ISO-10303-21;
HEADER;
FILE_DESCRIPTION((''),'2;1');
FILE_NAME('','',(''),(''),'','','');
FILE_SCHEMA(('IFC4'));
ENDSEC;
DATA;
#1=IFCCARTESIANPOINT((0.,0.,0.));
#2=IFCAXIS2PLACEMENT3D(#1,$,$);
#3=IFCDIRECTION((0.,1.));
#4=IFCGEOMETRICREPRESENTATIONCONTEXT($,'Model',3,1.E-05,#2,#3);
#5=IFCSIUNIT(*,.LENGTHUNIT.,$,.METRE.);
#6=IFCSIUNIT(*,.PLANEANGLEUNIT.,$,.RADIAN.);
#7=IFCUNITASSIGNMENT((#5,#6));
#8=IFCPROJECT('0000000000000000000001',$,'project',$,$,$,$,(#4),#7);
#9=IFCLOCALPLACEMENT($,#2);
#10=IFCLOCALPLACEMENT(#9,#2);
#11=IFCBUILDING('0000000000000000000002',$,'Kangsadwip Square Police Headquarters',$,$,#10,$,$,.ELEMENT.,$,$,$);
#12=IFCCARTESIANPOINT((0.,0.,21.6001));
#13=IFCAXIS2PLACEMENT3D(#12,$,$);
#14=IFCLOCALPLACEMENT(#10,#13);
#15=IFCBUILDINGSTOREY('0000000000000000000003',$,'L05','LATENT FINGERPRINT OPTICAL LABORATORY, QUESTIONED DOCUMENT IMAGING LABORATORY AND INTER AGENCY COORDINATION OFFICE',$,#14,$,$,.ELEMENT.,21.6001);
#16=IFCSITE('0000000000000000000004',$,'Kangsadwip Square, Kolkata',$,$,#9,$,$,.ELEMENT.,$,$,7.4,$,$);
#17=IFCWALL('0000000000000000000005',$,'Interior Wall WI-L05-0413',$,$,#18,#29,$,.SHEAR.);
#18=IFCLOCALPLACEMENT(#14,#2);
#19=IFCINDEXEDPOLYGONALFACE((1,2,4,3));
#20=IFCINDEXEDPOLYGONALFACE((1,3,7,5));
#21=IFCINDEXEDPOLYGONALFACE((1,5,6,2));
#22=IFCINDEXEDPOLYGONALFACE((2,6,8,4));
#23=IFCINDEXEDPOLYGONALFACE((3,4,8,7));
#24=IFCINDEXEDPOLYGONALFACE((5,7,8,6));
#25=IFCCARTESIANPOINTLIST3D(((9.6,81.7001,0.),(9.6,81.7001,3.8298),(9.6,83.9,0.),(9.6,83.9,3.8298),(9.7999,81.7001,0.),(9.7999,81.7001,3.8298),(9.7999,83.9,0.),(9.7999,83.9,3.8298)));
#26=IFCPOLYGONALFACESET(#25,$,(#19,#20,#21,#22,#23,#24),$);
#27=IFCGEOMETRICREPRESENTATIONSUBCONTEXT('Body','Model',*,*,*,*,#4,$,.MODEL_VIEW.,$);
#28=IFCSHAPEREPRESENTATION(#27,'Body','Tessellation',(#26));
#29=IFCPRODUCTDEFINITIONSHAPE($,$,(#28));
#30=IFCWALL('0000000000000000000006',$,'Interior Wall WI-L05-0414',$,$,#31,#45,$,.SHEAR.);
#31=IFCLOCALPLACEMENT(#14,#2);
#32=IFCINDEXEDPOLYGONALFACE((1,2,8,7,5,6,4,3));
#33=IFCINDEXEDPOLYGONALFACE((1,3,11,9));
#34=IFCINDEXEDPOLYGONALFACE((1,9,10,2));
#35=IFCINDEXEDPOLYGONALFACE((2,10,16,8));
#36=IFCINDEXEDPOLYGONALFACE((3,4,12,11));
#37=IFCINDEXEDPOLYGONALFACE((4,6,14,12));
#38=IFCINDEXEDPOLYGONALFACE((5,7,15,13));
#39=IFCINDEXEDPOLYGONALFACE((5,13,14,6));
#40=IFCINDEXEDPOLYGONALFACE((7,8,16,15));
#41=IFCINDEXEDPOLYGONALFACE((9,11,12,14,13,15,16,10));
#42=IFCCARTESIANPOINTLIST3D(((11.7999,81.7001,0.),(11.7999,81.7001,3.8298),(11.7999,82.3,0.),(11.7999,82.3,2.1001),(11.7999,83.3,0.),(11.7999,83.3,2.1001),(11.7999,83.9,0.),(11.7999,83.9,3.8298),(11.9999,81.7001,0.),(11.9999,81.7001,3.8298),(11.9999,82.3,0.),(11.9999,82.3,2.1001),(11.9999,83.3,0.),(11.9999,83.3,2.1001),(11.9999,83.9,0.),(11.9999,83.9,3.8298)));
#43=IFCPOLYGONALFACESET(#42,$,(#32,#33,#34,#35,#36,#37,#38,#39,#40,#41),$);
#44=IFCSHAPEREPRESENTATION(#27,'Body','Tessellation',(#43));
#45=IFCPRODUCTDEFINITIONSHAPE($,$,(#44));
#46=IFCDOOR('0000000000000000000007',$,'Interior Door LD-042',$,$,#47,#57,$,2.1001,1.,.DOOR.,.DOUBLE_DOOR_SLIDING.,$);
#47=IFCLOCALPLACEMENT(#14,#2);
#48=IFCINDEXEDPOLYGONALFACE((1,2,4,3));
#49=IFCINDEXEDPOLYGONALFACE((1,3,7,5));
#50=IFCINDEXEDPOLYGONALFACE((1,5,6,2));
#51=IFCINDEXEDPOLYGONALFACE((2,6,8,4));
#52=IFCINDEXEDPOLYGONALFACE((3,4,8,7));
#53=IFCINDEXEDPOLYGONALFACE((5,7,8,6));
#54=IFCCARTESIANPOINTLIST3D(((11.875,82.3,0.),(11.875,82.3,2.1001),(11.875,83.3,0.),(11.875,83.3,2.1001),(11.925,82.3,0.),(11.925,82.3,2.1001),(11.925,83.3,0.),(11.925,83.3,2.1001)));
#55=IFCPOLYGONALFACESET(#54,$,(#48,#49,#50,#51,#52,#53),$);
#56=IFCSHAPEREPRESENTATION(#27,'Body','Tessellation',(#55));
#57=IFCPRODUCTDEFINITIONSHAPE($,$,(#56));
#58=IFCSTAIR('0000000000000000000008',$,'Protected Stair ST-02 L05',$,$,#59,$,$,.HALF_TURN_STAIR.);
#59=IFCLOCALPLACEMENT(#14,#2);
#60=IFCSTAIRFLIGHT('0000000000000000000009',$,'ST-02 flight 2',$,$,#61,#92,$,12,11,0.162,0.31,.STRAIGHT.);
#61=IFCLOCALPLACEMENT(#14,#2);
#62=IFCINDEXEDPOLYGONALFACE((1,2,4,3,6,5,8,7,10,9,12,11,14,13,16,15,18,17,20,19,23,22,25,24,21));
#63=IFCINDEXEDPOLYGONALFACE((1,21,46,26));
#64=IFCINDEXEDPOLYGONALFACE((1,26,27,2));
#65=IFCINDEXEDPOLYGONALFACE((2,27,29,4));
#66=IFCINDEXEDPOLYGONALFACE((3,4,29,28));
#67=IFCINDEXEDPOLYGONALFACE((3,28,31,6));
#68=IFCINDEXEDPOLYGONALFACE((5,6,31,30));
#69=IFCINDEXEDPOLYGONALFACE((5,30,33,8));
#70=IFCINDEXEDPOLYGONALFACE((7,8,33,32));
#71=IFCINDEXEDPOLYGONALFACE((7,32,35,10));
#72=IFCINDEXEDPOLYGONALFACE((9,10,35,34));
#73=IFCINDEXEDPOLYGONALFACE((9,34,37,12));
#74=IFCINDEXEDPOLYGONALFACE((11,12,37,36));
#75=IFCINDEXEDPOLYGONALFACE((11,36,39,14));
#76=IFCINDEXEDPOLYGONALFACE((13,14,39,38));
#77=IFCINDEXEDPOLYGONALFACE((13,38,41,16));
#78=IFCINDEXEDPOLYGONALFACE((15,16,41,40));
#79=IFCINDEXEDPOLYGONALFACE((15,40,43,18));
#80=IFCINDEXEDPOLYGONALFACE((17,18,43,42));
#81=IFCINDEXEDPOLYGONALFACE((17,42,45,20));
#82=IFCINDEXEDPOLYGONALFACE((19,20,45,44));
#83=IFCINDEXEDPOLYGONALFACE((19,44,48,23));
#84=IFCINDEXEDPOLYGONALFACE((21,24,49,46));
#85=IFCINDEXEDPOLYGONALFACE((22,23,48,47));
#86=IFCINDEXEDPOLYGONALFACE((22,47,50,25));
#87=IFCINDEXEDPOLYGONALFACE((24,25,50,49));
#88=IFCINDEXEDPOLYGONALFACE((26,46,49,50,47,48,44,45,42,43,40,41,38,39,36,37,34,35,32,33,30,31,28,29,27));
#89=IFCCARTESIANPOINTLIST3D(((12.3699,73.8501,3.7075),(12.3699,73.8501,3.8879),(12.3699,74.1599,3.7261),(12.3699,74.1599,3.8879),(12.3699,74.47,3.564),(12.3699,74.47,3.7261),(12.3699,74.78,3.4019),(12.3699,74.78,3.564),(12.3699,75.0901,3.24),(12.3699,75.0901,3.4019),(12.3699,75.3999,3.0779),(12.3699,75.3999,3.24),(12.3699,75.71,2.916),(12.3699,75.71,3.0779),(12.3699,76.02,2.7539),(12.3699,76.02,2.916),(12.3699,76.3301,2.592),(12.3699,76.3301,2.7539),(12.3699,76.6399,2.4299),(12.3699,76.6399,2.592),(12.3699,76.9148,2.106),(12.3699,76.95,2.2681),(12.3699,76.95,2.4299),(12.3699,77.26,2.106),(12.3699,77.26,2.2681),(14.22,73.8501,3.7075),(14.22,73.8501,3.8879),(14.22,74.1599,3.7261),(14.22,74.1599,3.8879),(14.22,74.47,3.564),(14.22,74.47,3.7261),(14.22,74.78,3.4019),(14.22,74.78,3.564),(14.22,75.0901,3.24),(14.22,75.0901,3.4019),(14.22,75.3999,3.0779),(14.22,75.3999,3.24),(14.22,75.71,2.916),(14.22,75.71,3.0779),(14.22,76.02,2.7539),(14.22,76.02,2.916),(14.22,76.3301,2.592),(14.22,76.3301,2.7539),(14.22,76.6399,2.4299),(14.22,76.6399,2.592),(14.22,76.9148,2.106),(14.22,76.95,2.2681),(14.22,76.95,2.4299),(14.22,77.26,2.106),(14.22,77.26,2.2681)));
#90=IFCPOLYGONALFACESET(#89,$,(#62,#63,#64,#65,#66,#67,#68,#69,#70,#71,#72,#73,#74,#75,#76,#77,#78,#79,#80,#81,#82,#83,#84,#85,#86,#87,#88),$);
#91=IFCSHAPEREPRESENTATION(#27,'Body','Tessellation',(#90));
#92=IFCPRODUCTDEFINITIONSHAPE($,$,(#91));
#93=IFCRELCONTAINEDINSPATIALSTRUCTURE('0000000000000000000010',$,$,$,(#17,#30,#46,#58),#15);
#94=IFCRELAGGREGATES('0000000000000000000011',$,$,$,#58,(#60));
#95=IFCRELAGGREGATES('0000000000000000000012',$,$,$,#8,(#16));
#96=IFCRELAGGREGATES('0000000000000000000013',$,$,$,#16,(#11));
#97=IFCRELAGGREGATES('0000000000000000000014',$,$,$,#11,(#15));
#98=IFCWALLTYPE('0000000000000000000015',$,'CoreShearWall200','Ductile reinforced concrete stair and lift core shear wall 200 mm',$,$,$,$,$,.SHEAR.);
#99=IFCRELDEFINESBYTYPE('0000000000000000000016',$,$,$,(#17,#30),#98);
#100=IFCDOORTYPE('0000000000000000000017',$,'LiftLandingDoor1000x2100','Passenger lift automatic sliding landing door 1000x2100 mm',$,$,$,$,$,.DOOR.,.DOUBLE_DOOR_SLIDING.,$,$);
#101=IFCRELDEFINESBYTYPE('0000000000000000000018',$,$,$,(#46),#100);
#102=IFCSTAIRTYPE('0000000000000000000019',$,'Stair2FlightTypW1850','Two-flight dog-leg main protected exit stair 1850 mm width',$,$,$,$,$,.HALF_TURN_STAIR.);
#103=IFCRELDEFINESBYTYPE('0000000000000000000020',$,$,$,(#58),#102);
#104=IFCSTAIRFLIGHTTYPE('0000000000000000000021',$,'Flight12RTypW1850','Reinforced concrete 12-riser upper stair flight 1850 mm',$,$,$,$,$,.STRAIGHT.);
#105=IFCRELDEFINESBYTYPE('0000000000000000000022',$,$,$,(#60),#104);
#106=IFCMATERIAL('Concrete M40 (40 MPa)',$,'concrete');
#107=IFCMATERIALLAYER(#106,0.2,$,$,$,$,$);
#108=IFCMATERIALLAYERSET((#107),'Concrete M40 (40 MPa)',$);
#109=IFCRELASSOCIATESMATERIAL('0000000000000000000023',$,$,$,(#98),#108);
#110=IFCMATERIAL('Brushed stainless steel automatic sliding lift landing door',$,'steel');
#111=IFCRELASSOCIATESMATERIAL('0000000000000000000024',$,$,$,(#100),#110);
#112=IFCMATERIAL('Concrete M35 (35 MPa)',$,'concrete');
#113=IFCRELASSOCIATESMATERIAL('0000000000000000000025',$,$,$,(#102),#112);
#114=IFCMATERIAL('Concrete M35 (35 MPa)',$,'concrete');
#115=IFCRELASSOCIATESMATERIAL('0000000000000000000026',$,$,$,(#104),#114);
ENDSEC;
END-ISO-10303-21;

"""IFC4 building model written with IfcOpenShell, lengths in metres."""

from ifc_helpers import new_model, si_unit, direction, frame, frame_2d, origin, place, context, subcontext, project, spatial, polyline, rectangle, outline, extrude, material, layer, layer_set, type_object, element, fill, aggregate, save


model = new_model("IFC4")

# Units and contexts
model_context = context("Model", 3, precision=1e-05, world=origin(), true_north=direction((0.0, 1.0)))
body_context = subcontext(model_context, "Body", "Model", "MODEL_VIEW")
ifc_project = project(units=[si_unit("LENGTHUNIT", "METRE"), si_unit("PLANEANGLEUNIT", "RADIAN")], contexts=[model_context])

# Site, building, storey
site_placement = place(None, origin())
site = spatial("IfcSite", under=ifc_project, at=site_placement, Name="Kangsadwip Square, Kolkata", CompositionType="ELEMENT", RefElevation=7.4)
building_placement = place(site_placement, origin())
building = spatial("IfcBuilding", under=site, at=building_placement, Name="Kangsadwip Square Police Headquarters", CompositionType="ELEMENT")
storey_placement = place(building_placement, frame((0.0, 0.0, 21.6001)))
storey = spatial("IfcBuildingStorey", under=building, at=storey_placement, Name="L05", Description="LATENT FINGERPRINT OPTICAL LABORATORY, QUESTIONED DOCUMENT IMAGING LABORATORY AND INTER AGENCY COORDINATION OFFICE", CompositionType="ELEMENT", Elevation=21.6001)

# Wall
ifc_material_1 = material(Name="Concrete M40 (40 MPa)", Category="concrete")
ifc_layer_1 = layer(ifc_material_1, 0.2)
ifc_layer_set_1 = layer_set([ifc_layer_1], Name="Concrete M40 (40 MPa)")
wall_type_1 = type_object("IfcWallType", Name="CoreShearWall200", Description="Ductile reinforced concrete stair and lift core shear wall 200 mm", PredefinedType="SHEAR", material=ifc_layer_set_1)
for number, where, z_axis, x_axis, name in (
    (1, (9.7, 81.7, 0.0), (0.0, 0.0, 1.0), (0.0, 1.0, 0.0), "Interior Wall WI-L05-0413"),
):
    element("IfcWall", number, at=place(storey_placement, frame(where, z_axis=z_axis, x_axis=x_axis)), inside=storey, type_object=wall_type_1, Name=name, PredefinedType="SHEAR", context=body_context, shape_type="SweptSolid", body=[
        extrude(rectangle(XDim=2.2, YDim=0.2, at=frame_2d((1.1001, 0.0))), origin(), (0.0, 0.0, 1.0), 3.8298),
    ])

# Wall, opening, door
wall_1_placement = place(storey_placement, frame((11.8999, 81.7, 0.0), z_axis=(0.0, 0.0, 1.0), x_axis=(0.0, 1.0, 0.0)))
wall_1 = element("IfcWall", 2, at=wall_1_placement, inside=storey, type_object=wall_type_1, Name="Interior Wall WI-L05-0414", PredefinedType="SHEAR", context=body_context, shape_type="SweptSolid", body=[
    extrude(rectangle(XDim=2.2, YDim=0.2, at=frame_2d((1.1001, 0.0))), origin(), (0.0, 0.0, 1.0), 3.8298),
])
opening_1_placement = place(wall_1_placement, frame((0.6001, 0.0, 0.0)))
opening_1 = element("IfcOpeningElement", 3, at=opening_1_placement, cuts=wall_1, PredefinedType="OPENING", context=body_context, shape_type="SweptSolid", body=[
    extrude(rectangle(XDim=1.0, YDim=2.1001, at=frame_2d((0.5, 1.05))), frame((0.0, 0.1099, 0.0), z_axis=(0.0, -1.0, 0.0), x_axis=(1.0, 0.0, 0.0)), (0.0, 0.0, 1.0), 0.22),
])
ifc_material_2 = material(Name="Brushed stainless steel automatic sliding lift landing door", Category="steel")
door_type = type_object("IfcDoorType", Name="LiftLandingDoor1000x2100", Description="Passenger lift automatic sliding landing door 1000x2100 mm", OperationType="DOUBLE_DOOR_SLIDING", PredefinedType="DOOR", material=ifc_material_2)
door_placement = place(opening_1_placement, origin())
door = element("IfcDoor", 4, at=door_placement, inside=storey, type_object=door_type, Name="Interior Door LD-042", OperationType="DOUBLE_DOOR_SLIDING", OverallHeight=2.1001, OverallWidth=1.0, PredefinedType="DOOR", context=body_context, shape_type="SweptSolid", body=[
    extrude(rectangle(XDim=1.0, YDim=2.1001, at=frame_2d((0.5, 1.05))), frame((0.0, 0.0249, 0.0), z_axis=(0.0, -1.0, 0.0), x_axis=(1.0, 0.0, 0.0)), (0.0, 0.0, 1.0), 0.05),
])
fill(opening_1, door)

# Stair, stair flight
ifc_material_3 = material(Name="Concrete M35 (35 MPa)", Category="concrete")
stair_type = type_object("IfcStairType", Name="Stair2FlightTypW1850", Description="Two-flight dog-leg main protected exit stair 1850 mm width", PredefinedType="HALF_TURN_STAIR", material=ifc_material_3)
stair_placement = place(storey_placement, origin())
stair = element("IfcStair", 5, at=stair_placement, inside=storey, type_object=stair_type, Name="Protected Stair ST-02 L05", PredefinedType="HALF_TURN_STAIR")
ifc_material_4 = material(Name="Concrete M35 (35 MPa)", Category="concrete")
stair_flight_type = type_object("IfcStairFlightType", Name="Flight12RTypW1850", Description="Reinforced concrete 12-riser upper stair flight 1850 mm", PredefinedType="STRAIGHT", material=ifc_material_4)
stair_flight_placement = place(storey_placement, frame((13.2949, 77.26, 2.106), z_axis=(0.0, 0.0, 1.0), x_axis=(0.0, -1.0, 0.0)))
stair_flight = element("IfcStairFlight", 6, at=stair_flight_placement, type_object=stair_flight_type, Name="ST-02 flight 2", NumberOfRisers=12, NumberOfTreads=11, PredefinedType="STRAIGHT", RiserHeight=0.162, TreadLength=0.31, context=body_context, shape_type="SweptSolid", body=[
    extrude(outline(polyline([(0.0, 0.0), (0.0, 0.1621), (0.3101, 0.1621), (0.3101, 0.324), (0.6201, 0.324), (0.6201, 0.4861), (0.9299, 0.4861), (0.9299, 0.6479), (1.24, 0.6479), (1.24, 0.8101), (1.55, 0.8101), (1.55, 0.9719), (1.8601, 0.9719), (1.8601, 1.134), (2.1699, 1.134), (2.1699, 1.2959), (2.48, 1.2959), (2.48, 1.458), (2.79, 1.458), (2.79, 1.6201), (3.1001, 1.6201), (3.1001, 1.782), (3.4099, 1.782), (3.4099, 1.9441), (3.4099, 1.6016), (0.3452, 0.0), (0.0, 0.0)])), frame((0.0, 0.925, 0.0), z_axis=(0.0, -1.0, 0.0), x_axis=(1.0, 0.0, 0.0)), (0.0, 0.0, 1.0), 1.8501),
])
aggregate(stair, [stair_flight])

save(model, "model.ifc")
